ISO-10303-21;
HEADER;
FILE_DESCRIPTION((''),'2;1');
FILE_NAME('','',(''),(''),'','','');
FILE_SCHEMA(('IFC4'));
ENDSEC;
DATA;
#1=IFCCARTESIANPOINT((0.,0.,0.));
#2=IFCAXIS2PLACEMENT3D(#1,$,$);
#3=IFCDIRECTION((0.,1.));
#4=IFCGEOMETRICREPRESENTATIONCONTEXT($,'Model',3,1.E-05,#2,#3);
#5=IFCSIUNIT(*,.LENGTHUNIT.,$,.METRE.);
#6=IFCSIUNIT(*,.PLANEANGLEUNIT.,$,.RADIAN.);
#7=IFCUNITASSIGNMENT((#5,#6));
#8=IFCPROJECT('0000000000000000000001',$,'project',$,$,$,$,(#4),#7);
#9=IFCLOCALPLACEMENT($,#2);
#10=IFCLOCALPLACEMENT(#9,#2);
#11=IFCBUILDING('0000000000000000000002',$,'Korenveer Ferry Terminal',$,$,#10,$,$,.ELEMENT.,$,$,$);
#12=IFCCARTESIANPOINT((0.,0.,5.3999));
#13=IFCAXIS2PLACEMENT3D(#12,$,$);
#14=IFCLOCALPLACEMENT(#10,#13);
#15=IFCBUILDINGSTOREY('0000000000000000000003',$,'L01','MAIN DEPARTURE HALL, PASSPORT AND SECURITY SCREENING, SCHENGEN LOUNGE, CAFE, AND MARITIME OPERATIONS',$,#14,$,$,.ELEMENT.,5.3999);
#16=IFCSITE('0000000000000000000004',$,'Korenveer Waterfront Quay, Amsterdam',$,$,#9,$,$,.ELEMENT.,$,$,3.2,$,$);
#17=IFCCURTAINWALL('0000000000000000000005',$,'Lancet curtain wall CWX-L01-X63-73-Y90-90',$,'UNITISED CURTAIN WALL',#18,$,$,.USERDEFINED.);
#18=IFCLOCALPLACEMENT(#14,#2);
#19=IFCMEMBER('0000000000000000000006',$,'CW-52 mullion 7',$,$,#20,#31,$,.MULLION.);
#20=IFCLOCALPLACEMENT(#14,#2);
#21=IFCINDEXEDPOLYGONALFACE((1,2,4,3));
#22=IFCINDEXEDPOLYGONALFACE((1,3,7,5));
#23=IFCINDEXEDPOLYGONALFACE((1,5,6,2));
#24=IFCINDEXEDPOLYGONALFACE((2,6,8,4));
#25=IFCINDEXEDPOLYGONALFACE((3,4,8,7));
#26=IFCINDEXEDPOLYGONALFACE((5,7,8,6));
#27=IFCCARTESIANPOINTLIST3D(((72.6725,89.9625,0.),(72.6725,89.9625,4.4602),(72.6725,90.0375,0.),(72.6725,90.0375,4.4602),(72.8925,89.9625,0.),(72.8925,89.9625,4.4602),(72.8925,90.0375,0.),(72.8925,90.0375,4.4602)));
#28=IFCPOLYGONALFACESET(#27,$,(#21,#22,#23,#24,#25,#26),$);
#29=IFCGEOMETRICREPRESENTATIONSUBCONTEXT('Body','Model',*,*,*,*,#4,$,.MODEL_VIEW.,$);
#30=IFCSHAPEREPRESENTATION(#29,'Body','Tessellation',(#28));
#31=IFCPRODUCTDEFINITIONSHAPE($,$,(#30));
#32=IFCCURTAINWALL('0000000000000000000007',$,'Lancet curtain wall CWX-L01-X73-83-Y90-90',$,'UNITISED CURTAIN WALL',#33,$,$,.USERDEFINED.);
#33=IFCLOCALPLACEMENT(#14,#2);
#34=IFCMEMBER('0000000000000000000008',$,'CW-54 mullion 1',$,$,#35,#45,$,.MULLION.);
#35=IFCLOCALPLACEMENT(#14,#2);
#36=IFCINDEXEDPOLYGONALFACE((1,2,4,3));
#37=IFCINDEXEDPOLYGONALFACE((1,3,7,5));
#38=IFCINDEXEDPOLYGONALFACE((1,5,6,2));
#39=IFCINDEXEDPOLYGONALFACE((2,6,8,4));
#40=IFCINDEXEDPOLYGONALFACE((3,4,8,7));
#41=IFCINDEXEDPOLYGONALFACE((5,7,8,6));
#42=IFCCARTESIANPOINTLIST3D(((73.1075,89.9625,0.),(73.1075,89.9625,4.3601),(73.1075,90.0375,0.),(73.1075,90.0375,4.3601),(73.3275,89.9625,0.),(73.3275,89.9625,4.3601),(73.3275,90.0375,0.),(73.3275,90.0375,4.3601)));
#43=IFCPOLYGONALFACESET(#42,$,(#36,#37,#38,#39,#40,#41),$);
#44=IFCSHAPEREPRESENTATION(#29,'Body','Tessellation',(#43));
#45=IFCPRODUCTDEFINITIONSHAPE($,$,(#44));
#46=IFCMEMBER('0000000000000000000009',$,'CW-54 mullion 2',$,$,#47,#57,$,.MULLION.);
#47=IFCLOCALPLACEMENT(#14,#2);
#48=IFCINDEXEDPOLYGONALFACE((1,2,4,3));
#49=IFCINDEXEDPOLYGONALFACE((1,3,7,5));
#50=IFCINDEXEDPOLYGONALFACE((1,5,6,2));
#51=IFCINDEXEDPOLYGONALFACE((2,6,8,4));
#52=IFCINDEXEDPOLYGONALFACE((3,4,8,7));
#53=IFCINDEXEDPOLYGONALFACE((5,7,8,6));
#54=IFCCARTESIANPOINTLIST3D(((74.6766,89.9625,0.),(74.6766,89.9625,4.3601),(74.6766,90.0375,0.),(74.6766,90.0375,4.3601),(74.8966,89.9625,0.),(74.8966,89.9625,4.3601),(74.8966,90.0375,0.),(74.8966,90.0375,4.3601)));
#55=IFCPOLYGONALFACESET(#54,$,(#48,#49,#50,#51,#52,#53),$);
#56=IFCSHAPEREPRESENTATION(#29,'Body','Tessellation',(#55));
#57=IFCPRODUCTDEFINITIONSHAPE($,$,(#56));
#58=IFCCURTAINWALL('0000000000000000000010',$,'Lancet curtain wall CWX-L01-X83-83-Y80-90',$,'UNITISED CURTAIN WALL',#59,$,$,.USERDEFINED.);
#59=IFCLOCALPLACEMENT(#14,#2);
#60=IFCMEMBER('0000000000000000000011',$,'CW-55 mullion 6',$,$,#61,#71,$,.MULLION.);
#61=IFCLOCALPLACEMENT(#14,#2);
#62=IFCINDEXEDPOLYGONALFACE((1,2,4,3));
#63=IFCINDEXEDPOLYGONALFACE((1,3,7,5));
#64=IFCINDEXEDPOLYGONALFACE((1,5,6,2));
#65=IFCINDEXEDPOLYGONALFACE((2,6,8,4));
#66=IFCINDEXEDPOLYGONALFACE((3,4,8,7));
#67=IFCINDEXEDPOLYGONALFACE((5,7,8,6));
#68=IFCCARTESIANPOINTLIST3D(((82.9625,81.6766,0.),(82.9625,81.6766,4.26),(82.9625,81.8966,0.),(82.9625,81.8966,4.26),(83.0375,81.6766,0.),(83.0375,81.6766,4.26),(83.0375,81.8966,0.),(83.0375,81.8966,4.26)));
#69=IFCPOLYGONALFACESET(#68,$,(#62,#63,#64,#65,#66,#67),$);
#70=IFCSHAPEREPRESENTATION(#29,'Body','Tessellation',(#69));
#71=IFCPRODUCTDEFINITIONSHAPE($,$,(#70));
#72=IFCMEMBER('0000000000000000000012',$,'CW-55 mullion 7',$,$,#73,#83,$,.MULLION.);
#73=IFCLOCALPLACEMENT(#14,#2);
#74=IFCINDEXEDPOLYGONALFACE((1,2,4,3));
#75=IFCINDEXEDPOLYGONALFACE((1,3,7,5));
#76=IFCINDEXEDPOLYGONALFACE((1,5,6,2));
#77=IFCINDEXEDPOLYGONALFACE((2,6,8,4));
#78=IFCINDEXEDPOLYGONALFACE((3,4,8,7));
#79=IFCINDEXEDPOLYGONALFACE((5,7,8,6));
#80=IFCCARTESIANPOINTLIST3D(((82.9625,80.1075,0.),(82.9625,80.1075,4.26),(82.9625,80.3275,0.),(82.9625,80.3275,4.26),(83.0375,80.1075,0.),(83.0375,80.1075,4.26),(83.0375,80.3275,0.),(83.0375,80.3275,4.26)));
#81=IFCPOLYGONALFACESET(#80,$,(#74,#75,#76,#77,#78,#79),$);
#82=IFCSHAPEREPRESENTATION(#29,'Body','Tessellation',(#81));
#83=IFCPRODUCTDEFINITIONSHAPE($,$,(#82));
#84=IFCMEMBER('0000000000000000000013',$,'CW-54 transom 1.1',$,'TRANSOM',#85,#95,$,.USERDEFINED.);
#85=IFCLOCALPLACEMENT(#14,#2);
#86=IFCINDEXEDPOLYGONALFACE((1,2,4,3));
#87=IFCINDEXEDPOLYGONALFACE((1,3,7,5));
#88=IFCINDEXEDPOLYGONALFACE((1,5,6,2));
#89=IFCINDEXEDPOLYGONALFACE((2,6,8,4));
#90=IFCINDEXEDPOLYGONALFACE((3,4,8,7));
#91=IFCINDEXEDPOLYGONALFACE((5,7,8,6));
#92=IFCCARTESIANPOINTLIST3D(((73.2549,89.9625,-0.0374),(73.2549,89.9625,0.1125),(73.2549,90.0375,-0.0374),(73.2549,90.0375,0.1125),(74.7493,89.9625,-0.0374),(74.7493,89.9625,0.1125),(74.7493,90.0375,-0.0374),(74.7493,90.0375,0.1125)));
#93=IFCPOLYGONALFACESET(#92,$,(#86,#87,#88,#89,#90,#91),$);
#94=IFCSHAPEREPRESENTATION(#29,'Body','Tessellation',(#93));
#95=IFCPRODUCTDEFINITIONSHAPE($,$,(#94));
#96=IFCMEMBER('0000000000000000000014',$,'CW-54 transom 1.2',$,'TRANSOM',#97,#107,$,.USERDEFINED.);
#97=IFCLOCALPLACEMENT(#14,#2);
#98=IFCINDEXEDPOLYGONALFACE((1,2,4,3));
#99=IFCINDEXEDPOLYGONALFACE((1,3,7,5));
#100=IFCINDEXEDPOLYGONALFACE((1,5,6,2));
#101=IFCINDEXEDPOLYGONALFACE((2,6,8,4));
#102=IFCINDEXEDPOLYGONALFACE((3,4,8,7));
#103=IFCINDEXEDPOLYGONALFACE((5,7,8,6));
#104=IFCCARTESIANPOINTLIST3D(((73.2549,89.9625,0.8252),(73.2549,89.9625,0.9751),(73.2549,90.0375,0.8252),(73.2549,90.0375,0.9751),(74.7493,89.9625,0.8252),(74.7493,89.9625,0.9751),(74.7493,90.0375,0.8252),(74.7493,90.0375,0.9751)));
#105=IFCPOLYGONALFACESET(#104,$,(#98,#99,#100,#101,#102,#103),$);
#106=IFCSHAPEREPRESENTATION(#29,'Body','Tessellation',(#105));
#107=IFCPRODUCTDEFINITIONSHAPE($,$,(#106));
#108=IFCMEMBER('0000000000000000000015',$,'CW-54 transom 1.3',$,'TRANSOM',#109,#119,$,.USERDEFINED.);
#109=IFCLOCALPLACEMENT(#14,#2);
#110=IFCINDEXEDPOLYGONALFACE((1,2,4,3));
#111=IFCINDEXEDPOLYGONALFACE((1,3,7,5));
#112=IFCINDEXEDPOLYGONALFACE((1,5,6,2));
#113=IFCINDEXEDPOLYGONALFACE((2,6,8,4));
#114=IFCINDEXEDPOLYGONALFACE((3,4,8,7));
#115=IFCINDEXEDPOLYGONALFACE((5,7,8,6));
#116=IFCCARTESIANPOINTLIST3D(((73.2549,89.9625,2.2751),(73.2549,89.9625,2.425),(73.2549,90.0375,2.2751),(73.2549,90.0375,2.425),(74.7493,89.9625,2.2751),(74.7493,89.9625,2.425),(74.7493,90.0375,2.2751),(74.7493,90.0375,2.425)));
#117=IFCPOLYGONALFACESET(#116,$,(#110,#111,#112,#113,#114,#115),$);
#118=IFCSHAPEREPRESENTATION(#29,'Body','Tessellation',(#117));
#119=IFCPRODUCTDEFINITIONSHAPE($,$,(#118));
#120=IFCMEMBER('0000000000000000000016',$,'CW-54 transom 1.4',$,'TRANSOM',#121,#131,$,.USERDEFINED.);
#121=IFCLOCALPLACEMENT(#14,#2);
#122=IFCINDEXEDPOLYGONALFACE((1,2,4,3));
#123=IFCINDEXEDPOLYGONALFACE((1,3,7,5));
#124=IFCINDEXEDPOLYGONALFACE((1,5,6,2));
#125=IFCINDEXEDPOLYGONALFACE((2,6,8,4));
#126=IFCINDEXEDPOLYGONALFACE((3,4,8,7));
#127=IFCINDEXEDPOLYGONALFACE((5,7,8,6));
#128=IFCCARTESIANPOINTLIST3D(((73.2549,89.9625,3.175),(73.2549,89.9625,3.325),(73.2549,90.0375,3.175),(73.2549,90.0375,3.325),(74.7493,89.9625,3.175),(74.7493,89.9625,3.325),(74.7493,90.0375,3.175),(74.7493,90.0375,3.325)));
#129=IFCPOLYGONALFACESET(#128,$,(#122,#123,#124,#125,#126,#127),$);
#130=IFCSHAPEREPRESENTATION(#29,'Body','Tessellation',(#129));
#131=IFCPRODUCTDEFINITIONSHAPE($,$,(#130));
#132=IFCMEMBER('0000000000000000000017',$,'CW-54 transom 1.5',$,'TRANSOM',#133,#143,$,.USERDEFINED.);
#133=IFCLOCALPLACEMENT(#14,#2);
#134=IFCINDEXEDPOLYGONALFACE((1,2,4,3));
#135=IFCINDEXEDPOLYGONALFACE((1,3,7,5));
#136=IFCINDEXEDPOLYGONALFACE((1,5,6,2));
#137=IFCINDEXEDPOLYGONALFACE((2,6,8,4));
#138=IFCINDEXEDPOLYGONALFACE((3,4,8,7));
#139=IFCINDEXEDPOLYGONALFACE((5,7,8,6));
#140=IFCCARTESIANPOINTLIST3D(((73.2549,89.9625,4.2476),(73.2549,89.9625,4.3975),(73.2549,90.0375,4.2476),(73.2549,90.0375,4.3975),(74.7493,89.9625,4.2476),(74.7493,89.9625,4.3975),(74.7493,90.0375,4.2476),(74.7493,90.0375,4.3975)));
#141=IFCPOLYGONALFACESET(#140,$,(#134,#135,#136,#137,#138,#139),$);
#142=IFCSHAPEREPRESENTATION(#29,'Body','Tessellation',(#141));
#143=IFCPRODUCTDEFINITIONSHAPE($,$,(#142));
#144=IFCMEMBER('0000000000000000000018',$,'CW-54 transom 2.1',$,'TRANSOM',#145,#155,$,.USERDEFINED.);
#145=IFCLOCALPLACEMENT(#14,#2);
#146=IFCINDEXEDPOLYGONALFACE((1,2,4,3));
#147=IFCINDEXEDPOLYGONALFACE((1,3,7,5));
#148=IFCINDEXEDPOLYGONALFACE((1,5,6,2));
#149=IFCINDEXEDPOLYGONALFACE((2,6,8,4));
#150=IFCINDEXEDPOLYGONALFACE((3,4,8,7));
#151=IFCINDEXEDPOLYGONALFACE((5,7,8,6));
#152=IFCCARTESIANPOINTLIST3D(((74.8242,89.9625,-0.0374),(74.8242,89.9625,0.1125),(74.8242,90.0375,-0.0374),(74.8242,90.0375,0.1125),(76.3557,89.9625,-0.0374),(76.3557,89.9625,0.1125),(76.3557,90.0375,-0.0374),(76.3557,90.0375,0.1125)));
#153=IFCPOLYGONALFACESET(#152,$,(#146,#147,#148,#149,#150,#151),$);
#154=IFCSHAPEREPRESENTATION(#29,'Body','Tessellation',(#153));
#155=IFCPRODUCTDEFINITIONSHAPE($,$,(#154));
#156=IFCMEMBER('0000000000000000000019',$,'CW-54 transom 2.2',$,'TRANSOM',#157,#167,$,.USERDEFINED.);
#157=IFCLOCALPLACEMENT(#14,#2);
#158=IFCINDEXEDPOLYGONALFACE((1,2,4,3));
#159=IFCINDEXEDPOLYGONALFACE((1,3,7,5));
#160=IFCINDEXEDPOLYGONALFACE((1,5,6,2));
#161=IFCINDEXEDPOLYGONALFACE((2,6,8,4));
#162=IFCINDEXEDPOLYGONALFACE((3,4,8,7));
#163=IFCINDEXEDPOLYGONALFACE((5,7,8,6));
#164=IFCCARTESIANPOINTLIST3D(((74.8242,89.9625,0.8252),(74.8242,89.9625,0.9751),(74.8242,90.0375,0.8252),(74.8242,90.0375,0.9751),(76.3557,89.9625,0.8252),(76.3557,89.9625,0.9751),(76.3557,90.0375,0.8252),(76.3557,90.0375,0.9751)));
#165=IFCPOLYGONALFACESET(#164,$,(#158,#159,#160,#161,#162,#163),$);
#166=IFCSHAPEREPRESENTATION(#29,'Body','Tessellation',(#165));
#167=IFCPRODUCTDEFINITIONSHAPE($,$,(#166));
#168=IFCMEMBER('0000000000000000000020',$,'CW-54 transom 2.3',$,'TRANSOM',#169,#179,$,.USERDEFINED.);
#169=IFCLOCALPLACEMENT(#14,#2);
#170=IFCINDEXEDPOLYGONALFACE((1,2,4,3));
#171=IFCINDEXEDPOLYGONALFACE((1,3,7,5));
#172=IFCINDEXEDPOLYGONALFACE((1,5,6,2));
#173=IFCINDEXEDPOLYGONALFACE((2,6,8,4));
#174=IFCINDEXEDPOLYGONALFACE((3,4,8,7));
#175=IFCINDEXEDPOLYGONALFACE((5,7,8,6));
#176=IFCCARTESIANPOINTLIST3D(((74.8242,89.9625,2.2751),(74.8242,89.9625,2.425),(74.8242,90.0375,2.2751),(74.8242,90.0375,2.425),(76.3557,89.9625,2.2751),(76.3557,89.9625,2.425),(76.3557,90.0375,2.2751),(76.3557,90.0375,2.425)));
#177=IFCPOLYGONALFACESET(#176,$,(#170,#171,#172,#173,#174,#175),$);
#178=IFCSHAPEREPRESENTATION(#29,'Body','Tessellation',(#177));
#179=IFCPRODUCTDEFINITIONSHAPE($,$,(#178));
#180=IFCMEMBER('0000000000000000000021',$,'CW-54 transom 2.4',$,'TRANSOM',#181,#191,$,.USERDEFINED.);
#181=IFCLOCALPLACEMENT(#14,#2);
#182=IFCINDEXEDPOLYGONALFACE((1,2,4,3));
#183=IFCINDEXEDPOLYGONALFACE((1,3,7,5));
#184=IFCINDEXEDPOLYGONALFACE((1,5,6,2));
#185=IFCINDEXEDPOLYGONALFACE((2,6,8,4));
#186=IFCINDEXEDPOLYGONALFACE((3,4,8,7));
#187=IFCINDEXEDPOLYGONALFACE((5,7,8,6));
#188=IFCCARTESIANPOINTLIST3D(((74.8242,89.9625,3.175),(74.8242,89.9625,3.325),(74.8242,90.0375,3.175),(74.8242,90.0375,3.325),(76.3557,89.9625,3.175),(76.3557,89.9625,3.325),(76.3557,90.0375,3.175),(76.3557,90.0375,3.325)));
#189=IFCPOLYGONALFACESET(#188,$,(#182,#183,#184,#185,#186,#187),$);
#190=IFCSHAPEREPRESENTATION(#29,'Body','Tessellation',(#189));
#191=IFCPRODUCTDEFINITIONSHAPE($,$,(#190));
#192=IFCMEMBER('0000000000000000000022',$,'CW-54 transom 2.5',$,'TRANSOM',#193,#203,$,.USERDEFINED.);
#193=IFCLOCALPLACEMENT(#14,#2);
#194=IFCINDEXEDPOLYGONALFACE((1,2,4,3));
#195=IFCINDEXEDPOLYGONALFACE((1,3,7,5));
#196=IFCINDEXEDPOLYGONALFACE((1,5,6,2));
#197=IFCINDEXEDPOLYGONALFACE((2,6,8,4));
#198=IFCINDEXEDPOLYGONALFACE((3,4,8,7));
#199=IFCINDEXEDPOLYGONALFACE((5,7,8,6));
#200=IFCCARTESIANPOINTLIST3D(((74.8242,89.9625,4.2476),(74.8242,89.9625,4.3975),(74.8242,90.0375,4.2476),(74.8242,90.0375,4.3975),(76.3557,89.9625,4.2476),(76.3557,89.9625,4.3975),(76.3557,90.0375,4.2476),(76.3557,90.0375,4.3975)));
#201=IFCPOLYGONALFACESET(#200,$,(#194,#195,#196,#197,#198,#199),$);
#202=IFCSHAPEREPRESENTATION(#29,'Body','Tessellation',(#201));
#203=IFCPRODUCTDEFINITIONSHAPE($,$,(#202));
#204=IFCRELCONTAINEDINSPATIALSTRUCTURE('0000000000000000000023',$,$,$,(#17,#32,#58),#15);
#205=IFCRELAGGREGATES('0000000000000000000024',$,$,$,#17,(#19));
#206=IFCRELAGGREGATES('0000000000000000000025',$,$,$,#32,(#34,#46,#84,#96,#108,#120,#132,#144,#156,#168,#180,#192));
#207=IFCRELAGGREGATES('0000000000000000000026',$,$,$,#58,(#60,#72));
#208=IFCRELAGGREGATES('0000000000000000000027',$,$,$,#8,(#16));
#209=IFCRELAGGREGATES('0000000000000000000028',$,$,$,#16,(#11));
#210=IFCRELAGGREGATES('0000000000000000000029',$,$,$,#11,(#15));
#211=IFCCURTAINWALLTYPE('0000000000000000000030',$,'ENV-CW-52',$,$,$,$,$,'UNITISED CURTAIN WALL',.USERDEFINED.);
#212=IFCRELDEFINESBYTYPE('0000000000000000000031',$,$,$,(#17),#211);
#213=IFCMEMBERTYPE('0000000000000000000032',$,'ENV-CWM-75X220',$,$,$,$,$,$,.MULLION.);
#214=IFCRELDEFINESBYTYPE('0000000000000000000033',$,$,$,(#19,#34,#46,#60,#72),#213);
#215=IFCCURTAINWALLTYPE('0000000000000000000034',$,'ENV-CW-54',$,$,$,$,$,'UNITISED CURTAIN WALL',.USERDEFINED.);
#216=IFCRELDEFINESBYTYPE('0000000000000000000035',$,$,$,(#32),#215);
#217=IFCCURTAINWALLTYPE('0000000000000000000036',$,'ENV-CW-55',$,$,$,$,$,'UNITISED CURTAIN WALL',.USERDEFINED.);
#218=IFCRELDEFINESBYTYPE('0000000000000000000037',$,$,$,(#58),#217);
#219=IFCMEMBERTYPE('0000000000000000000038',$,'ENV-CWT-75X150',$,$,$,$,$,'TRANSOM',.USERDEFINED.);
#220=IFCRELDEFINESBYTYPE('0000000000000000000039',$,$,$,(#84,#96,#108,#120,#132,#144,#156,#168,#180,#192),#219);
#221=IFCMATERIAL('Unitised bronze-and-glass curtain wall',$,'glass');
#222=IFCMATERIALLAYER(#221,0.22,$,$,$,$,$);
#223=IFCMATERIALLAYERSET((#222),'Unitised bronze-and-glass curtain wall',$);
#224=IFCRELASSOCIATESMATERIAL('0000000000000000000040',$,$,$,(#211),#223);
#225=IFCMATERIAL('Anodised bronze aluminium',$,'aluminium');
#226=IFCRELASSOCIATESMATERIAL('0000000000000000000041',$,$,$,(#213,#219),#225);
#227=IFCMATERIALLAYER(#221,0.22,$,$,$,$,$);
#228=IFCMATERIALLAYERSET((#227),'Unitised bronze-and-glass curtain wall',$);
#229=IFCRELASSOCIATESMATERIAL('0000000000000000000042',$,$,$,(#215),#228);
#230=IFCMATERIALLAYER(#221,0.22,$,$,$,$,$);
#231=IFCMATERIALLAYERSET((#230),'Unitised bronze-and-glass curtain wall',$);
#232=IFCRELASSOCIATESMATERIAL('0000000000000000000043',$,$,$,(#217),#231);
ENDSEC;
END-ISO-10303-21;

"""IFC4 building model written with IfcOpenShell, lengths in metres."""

from ifc_helpers import new_model, si_unit, direction, frame, origin, origin_2d, place, context, subcontext, project, spatial, rectangle, extrude, material, layer, layer_set, material_profile, profile_set, type_object, element, aggregate, save


model = new_model("IFC4")

# Units and contexts
model_context = context("Model", 3, precision=1e-05, world=origin(), true_north=direction((0.0, 1.0)))
body_context = subcontext(model_context, "Body", "Model", "MODEL_VIEW")
ifc_project = project(units=[si_unit("LENGTHUNIT", "METRE"), si_unit("PLANEANGLEUNIT", "RADIAN")], contexts=[model_context])

# Site, building, storey
site_placement = place(None, origin())
site = spatial("IfcSite", under=ifc_project, at=site_placement, Name="Korenveer Waterfront Quay, Amsterdam", CompositionType="ELEMENT", RefElevation=3.2)
building_placement = place(site_placement, origin())
building = spatial("IfcBuilding", under=site, at=building_placement, Name="Korenveer Ferry Terminal", CompositionType="ELEMENT")
storey_placement = place(building_placement, frame((0.0, 0.0, 5.3999)))
storey = spatial("IfcBuildingStorey", under=building, at=storey_placement, Name="L01", Description="MAIN DEPARTURE HALL, PASSPORT AND SECURITY SCREENING, SCHENGEN LOUNGE, CAFE, AND MARITIME OPERATIONS", CompositionType="ELEMENT", Elevation=5.3999)

# Curtain wall, member
ifc_material_1 = material(Name="Unitised bronze-and-glass curtain wall", Category="glass")
ifc_layer_1 = layer(ifc_material_1, 0.22)
ifc_layer_set_1 = layer_set([ifc_layer_1], Name="Unitised bronze-and-glass curtain wall")
curtain_wall_type_1 = type_object("IfcCurtainWallType", Name="ENV-CW-52", ElementType="UNITISED CURTAIN WALL", PredefinedType="USERDEFINED", material=ifc_layer_set_1)
curtain_wall_1_placement = place(storey_placement, frame((63.1799, 90.0, 0.0)))
curtain_wall_1 = element("IfcCurtainWall", 1, at=curtain_wall_1_placement, inside=storey, type_object=curtain_wall_type_1, Name="Lancet curtain wall CWX-L01-X63-73-Y90-90", ObjectType="UNITISED CURTAIN WALL", PredefinedType="USERDEFINED")
ifc_material_2 = material(Name="Anodised bronze aluminium", Category="aluminium")
ifc_material_profile_1 = material_profile(ifc_material_2, rectangle(XDim=0.075, YDim=0.22, at=origin_2d()), Name="ALU 75x220")
ifc_profile_set_1 = profile_set([ifc_material_profile_1], Name="Anodised bronze aluminium")
member_type_1 = type_object("IfcMemberType", Name="ENV-CWM-75X220", PredefinedType="MULLION", material=ifc_profile_set_1)
member_1_placement = place(storey_placement, frame((72.7825, 90.0, 0.0), z_axis=(0.0, 0.0, 1.0), x_axis=(0.0, 1.0, 0.0)))
member_1 = element("IfcMember", 2, at=member_1_placement, type_object=member_type_1, Name="CW-52 mullion 7", PredefinedType="MULLION", context=body_context, shape_type="SweptSolid", body=[
    extrude(rectangle(XDim=0.075, YDim=0.22, at=origin_2d()), origin(), (0.0, 0.0, 1.0), 4.4602),
])
aggregate(curtain_wall_1, [member_1])

# Curtain walls, members
ifc_layer_2 = layer(ifc_material_1, 0.22)
ifc_layer_set_2 = layer_set([ifc_layer_2], Name="Unitised bronze-and-glass curtain wall")
curtain_wall_type_2 = type_object("IfcCurtainWallType", Name="ENV-CW-54", ElementType="UNITISED CURTAIN WALL", PredefinedType="USERDEFINED", material=ifc_layer_set_2)
curtain_wall_2_placement = place(storey_placement, frame((73.1799, 90.0, 0.0)))
curtain_wall_2 = element("IfcCurtainWall", 3, at=curtain_wall_2_placement, inside=storey, type_object=curtain_wall_type_2, Name="Lancet curtain wall CWX-L01-X73-83-Y90-90", ObjectType="UNITISED CURTAIN WALL", PredefinedType="USERDEFINED")
member_2_placement = place(storey_placement, frame((73.2175, 90.0, 0.0), z_axis=(0.0, 0.0, 1.0), x_axis=(0.0, 1.0, 0.0)))
member_2 = element("IfcMember", 4, at=member_2_placement, type_object=member_type_1, Name="CW-54 mullion 1", PredefinedType="MULLION", context=body_context, shape_type="SweptSolid", body=[
    extrude(rectangle(XDim=0.075, YDim=0.22, at=origin_2d()), origin(), (0.0, 0.0, 1.0), 4.3601),
])
member_3_placement = place(storey_placement, frame((74.7866, 90.0, 0.0), z_axis=(0.0, 0.0, 1.0), x_axis=(0.0, 1.0, 0.0)))
member_3 = element("IfcMember", 5, at=member_3_placement, type_object=member_type_1, Name="CW-54 mullion 2", PredefinedType="MULLION", context=body_context, shape_type="SweptSolid", body=[
    extrude(rectangle(XDim=0.075, YDim=0.22, at=origin_2d()), origin(), (0.0, 0.0, 1.0), 4.3601),
])
ifc_layer_3 = layer(ifc_material_1, 0.22)
ifc_layer_set_3 = layer_set([ifc_layer_3], Name="Unitised bronze-and-glass curtain wall")
curtain_wall_type_3 = type_object("IfcCurtainWallType", Name="ENV-CW-55", ElementType="UNITISED CURTAIN WALL", PredefinedType="USERDEFINED", material=ifc_layer_set_3)
curtain_wall_3_placement = place(storey_placement, frame((83.0, 89.8201, 0.0)))
curtain_wall_3 = element("IfcCurtainWall", 6, at=curtain_wall_3_placement, inside=storey, type_object=curtain_wall_type_3, Name="Lancet curtain wall CWX-L01-X83-83-Y80-90", ObjectType="UNITISED CURTAIN WALL", PredefinedType="USERDEFINED")
member_4_placement = place(storey_placement, frame((83.0, 81.7866, 0.0), z_axis=(0.0, 0.0, 1.0), x_axis=(1.0, 0.0, 0.0)))
member_4 = element("IfcMember", 7, at=member_4_placement, type_object=member_type_1, Name="CW-55 mullion 6", PredefinedType="MULLION", context=body_context, shape_type="SweptSolid", body=[
    extrude(rectangle(XDim=0.075, YDim=0.22, at=origin_2d()), origin(), (0.0, 0.0, 1.0), 4.26),
])
member_5_placement = place(storey_placement, frame((83.0, 80.2175, 0.0), z_axis=(0.0, 0.0, 1.0), x_axis=(1.0, 0.0, 0.0)))
member_5 = element("IfcMember", 8, at=member_5_placement, type_object=member_type_1, Name="CW-55 mullion 7", PredefinedType="MULLION", context=body_context, shape_type="SweptSolid", body=[
    extrude(rectangle(XDim=0.075, YDim=0.22, at=origin_2d()), origin(), (0.0, 0.0, 1.0), 4.26),
])

# Members
ifc_material_profile_2 = material_profile(ifc_material_2, rectangle(XDim=0.075, YDim=0.1499, at=origin_2d()), Name="ALU 75x150")
ifc_profile_set_2 = profile_set([ifc_material_profile_2], Name="Anodised bronze aluminium")
member_type_2 = type_object("IfcMemberType", Name="ENV-CWT-75X150", ElementType="TRANSOM", PredefinedType="USERDEFINED", material=ifc_profile_set_2)
member_6_placement = place(storey_placement, frame((73.2549, 90.0, 0.0376), z_axis=(1.0, 0.0, 0.0), x_axis=(0.0, 1.0, 0.0)))
member_6 = element("IfcMember", 9, at=member_6_placement, type_object=member_type_2, Name="CW-54 transom 1.1", ObjectType="TRANSOM", PredefinedType="USERDEFINED", context=body_context, shape_type="SweptSolid", body=[
    extrude(rectangle(XDim=0.075, YDim=0.1499, at=origin_2d()), origin(), (0.0, 0.0, 1.0), 1.4944),
])
member_7_placement = place(storey_placement, frame((73.2549, 90.0, 0.9001), z_axis=(1.0, 0.0, 0.0), x_axis=(0.0, 1.0, 0.0)))
member_7 = element("IfcMember", 10, at=member_7_placement, type_object=member_type_2, Name="CW-54 transom 1.2", ObjectType="TRANSOM", PredefinedType="USERDEFINED", context=body_context, shape_type="SweptSolid", body=[
    extrude(rectangle(XDim=0.075, YDim=0.1499, at=origin_2d()), origin(), (0.0, 0.0, 1.0), 1.4944),
])
member_8_placement = place(storey_placement, frame((73.2549, 90.0, 2.3501), z_axis=(1.0, 0.0, 0.0), x_axis=(0.0, 1.0, 0.0)))
member_8 = element("IfcMember", 11, at=member_8_placement, type_object=member_type_2, Name="CW-54 transom 1.3", ObjectType="TRANSOM", PredefinedType="USERDEFINED", context=body_context, shape_type="SweptSolid", body=[
    extrude(rectangle(XDim=0.075, YDim=0.1499, at=origin_2d()), origin(), (0.0, 0.0, 1.0), 1.4944),
])
member_9_placement = place(storey_placement, frame((73.2549, 90.0, 3.25), z_axis=(1.0, 0.0, 0.0), x_axis=(0.0, 1.0, 0.0)))
member_9 = element("IfcMember", 12, at=member_9_placement, type_object=member_type_2, Name="CW-54 transom 1.4", ObjectType="TRANSOM", PredefinedType="USERDEFINED", context=body_context, shape_type="SweptSolid", body=[
    extrude(rectangle(XDim=0.075, YDim=0.1499, at=origin_2d()), origin(), (0.0, 0.0, 1.0), 1.4944),
])
member_10_placement = place(storey_placement, frame((73.2549, 90.0, 4.3225), z_axis=(1.0, 0.0, 0.0), x_axis=(0.0, 1.0, 0.0)))
member_10 = element("IfcMember", 13, at=member_10_placement, type_object=member_type_2, Name="CW-54 transom 1.5", ObjectType="TRANSOM", PredefinedType="USERDEFINED", context=body_context, shape_type="SweptSolid", body=[
    extrude(rectangle(XDim=0.075, YDim=0.1499, at=origin_2d()), origin(), (0.0, 0.0, 1.0), 1.4944),
])
member_11_placement = place(storey_placement, frame((74.8242, 90.0, 0.0376), z_axis=(1.0, 0.0, 0.0), x_axis=(0.0, 1.0, 0.0)))
member_11 = element("IfcMember", 14, at=member_11_placement, type_object=member_type_2, Name="CW-54 transom 2.1", ObjectType="TRANSOM", PredefinedType="USERDEFINED", context=body_context, shape_type="SweptSolid", body=[
    extrude(rectangle(XDim=0.075, YDim=0.1499, at=origin_2d()), origin(), (0.0, 0.0, 1.0), 1.5315),
])
member_12_placement = place(storey_placement, frame((74.8242, 90.0, 0.9001), z_axis=(1.0, 0.0, 0.0), x_axis=(0.0, 1.0, 0.0)))
member_12 = element("IfcMember", 15, at=member_12_placement, type_object=member_type_2, Name="CW-54 transom 2.2", ObjectType="TRANSOM", PredefinedType="USERDEFINED", context=body_context, shape_type="SweptSolid", body=[
    extrude(rectangle(XDim=0.075, YDim=0.1499, at=origin_2d()), origin(), (0.0, 0.0, 1.0), 1.5315),
])
member_13_placement = place(storey_placement, frame((74.8242, 90.0, 2.3501), z_axis=(1.0, 0.0, 0.0), x_axis=(0.0, 1.0, 0.0)))
member_13 = element("IfcMember", 16, at=member_13_placement, type_object=member_type_2, Name="CW-54 transom 2.3", ObjectType="TRANSOM", PredefinedType="USERDEFINED", context=body_context, shape_type="SweptSolid", body=[
    extrude(rectangle(XDim=0.075, YDim=0.1499, at=origin_2d()), origin(), (0.0, 0.0, 1.0), 1.5315),
])
member_14_placement = place(storey_placement, frame((74.8242, 90.0, 3.25), z_axis=(1.0, 0.0, 0.0), x_axis=(0.0, 1.0, 0.0)))
member_14 = element("IfcMember", 17, at=member_14_placement, type_object=member_type_2, Name="CW-54 transom 2.4", ObjectType="TRANSOM", PredefinedType="USERDEFINED", context=body_context, shape_type="SweptSolid", body=[
    extrude(rectangle(XDim=0.075, YDim=0.1499, at=origin_2d()), origin(), (0.0, 0.0, 1.0), 1.5315),
])
member_15_placement = place(storey_placement, frame((74.8242, 90.0, 4.3225), z_axis=(1.0, 0.0, 0.0), x_axis=(0.0, 1.0, 0.0)))
member_15 = element("IfcMember", 18, at=member_15_placement, type_object=member_type_2, Name="CW-54 transom 2.5", ObjectType="TRANSOM", PredefinedType="USERDEFINED", context=body_context, shape_type="SweptSolid", body=[
    extrude(rectangle(XDim=0.075, YDim=0.1499, at=origin_2d()), origin(), (0.0, 0.0, 1.0), 1.5315),
])

aggregate(curtain_wall_2, [member_2, member_3, member_6, member_7, member_8, member_9, member_10, member_11, member_12, member_13, member_14, member_15])
aggregate(curtain_wall_3, [member_4, member_5])

save(model, "model.ifc")
